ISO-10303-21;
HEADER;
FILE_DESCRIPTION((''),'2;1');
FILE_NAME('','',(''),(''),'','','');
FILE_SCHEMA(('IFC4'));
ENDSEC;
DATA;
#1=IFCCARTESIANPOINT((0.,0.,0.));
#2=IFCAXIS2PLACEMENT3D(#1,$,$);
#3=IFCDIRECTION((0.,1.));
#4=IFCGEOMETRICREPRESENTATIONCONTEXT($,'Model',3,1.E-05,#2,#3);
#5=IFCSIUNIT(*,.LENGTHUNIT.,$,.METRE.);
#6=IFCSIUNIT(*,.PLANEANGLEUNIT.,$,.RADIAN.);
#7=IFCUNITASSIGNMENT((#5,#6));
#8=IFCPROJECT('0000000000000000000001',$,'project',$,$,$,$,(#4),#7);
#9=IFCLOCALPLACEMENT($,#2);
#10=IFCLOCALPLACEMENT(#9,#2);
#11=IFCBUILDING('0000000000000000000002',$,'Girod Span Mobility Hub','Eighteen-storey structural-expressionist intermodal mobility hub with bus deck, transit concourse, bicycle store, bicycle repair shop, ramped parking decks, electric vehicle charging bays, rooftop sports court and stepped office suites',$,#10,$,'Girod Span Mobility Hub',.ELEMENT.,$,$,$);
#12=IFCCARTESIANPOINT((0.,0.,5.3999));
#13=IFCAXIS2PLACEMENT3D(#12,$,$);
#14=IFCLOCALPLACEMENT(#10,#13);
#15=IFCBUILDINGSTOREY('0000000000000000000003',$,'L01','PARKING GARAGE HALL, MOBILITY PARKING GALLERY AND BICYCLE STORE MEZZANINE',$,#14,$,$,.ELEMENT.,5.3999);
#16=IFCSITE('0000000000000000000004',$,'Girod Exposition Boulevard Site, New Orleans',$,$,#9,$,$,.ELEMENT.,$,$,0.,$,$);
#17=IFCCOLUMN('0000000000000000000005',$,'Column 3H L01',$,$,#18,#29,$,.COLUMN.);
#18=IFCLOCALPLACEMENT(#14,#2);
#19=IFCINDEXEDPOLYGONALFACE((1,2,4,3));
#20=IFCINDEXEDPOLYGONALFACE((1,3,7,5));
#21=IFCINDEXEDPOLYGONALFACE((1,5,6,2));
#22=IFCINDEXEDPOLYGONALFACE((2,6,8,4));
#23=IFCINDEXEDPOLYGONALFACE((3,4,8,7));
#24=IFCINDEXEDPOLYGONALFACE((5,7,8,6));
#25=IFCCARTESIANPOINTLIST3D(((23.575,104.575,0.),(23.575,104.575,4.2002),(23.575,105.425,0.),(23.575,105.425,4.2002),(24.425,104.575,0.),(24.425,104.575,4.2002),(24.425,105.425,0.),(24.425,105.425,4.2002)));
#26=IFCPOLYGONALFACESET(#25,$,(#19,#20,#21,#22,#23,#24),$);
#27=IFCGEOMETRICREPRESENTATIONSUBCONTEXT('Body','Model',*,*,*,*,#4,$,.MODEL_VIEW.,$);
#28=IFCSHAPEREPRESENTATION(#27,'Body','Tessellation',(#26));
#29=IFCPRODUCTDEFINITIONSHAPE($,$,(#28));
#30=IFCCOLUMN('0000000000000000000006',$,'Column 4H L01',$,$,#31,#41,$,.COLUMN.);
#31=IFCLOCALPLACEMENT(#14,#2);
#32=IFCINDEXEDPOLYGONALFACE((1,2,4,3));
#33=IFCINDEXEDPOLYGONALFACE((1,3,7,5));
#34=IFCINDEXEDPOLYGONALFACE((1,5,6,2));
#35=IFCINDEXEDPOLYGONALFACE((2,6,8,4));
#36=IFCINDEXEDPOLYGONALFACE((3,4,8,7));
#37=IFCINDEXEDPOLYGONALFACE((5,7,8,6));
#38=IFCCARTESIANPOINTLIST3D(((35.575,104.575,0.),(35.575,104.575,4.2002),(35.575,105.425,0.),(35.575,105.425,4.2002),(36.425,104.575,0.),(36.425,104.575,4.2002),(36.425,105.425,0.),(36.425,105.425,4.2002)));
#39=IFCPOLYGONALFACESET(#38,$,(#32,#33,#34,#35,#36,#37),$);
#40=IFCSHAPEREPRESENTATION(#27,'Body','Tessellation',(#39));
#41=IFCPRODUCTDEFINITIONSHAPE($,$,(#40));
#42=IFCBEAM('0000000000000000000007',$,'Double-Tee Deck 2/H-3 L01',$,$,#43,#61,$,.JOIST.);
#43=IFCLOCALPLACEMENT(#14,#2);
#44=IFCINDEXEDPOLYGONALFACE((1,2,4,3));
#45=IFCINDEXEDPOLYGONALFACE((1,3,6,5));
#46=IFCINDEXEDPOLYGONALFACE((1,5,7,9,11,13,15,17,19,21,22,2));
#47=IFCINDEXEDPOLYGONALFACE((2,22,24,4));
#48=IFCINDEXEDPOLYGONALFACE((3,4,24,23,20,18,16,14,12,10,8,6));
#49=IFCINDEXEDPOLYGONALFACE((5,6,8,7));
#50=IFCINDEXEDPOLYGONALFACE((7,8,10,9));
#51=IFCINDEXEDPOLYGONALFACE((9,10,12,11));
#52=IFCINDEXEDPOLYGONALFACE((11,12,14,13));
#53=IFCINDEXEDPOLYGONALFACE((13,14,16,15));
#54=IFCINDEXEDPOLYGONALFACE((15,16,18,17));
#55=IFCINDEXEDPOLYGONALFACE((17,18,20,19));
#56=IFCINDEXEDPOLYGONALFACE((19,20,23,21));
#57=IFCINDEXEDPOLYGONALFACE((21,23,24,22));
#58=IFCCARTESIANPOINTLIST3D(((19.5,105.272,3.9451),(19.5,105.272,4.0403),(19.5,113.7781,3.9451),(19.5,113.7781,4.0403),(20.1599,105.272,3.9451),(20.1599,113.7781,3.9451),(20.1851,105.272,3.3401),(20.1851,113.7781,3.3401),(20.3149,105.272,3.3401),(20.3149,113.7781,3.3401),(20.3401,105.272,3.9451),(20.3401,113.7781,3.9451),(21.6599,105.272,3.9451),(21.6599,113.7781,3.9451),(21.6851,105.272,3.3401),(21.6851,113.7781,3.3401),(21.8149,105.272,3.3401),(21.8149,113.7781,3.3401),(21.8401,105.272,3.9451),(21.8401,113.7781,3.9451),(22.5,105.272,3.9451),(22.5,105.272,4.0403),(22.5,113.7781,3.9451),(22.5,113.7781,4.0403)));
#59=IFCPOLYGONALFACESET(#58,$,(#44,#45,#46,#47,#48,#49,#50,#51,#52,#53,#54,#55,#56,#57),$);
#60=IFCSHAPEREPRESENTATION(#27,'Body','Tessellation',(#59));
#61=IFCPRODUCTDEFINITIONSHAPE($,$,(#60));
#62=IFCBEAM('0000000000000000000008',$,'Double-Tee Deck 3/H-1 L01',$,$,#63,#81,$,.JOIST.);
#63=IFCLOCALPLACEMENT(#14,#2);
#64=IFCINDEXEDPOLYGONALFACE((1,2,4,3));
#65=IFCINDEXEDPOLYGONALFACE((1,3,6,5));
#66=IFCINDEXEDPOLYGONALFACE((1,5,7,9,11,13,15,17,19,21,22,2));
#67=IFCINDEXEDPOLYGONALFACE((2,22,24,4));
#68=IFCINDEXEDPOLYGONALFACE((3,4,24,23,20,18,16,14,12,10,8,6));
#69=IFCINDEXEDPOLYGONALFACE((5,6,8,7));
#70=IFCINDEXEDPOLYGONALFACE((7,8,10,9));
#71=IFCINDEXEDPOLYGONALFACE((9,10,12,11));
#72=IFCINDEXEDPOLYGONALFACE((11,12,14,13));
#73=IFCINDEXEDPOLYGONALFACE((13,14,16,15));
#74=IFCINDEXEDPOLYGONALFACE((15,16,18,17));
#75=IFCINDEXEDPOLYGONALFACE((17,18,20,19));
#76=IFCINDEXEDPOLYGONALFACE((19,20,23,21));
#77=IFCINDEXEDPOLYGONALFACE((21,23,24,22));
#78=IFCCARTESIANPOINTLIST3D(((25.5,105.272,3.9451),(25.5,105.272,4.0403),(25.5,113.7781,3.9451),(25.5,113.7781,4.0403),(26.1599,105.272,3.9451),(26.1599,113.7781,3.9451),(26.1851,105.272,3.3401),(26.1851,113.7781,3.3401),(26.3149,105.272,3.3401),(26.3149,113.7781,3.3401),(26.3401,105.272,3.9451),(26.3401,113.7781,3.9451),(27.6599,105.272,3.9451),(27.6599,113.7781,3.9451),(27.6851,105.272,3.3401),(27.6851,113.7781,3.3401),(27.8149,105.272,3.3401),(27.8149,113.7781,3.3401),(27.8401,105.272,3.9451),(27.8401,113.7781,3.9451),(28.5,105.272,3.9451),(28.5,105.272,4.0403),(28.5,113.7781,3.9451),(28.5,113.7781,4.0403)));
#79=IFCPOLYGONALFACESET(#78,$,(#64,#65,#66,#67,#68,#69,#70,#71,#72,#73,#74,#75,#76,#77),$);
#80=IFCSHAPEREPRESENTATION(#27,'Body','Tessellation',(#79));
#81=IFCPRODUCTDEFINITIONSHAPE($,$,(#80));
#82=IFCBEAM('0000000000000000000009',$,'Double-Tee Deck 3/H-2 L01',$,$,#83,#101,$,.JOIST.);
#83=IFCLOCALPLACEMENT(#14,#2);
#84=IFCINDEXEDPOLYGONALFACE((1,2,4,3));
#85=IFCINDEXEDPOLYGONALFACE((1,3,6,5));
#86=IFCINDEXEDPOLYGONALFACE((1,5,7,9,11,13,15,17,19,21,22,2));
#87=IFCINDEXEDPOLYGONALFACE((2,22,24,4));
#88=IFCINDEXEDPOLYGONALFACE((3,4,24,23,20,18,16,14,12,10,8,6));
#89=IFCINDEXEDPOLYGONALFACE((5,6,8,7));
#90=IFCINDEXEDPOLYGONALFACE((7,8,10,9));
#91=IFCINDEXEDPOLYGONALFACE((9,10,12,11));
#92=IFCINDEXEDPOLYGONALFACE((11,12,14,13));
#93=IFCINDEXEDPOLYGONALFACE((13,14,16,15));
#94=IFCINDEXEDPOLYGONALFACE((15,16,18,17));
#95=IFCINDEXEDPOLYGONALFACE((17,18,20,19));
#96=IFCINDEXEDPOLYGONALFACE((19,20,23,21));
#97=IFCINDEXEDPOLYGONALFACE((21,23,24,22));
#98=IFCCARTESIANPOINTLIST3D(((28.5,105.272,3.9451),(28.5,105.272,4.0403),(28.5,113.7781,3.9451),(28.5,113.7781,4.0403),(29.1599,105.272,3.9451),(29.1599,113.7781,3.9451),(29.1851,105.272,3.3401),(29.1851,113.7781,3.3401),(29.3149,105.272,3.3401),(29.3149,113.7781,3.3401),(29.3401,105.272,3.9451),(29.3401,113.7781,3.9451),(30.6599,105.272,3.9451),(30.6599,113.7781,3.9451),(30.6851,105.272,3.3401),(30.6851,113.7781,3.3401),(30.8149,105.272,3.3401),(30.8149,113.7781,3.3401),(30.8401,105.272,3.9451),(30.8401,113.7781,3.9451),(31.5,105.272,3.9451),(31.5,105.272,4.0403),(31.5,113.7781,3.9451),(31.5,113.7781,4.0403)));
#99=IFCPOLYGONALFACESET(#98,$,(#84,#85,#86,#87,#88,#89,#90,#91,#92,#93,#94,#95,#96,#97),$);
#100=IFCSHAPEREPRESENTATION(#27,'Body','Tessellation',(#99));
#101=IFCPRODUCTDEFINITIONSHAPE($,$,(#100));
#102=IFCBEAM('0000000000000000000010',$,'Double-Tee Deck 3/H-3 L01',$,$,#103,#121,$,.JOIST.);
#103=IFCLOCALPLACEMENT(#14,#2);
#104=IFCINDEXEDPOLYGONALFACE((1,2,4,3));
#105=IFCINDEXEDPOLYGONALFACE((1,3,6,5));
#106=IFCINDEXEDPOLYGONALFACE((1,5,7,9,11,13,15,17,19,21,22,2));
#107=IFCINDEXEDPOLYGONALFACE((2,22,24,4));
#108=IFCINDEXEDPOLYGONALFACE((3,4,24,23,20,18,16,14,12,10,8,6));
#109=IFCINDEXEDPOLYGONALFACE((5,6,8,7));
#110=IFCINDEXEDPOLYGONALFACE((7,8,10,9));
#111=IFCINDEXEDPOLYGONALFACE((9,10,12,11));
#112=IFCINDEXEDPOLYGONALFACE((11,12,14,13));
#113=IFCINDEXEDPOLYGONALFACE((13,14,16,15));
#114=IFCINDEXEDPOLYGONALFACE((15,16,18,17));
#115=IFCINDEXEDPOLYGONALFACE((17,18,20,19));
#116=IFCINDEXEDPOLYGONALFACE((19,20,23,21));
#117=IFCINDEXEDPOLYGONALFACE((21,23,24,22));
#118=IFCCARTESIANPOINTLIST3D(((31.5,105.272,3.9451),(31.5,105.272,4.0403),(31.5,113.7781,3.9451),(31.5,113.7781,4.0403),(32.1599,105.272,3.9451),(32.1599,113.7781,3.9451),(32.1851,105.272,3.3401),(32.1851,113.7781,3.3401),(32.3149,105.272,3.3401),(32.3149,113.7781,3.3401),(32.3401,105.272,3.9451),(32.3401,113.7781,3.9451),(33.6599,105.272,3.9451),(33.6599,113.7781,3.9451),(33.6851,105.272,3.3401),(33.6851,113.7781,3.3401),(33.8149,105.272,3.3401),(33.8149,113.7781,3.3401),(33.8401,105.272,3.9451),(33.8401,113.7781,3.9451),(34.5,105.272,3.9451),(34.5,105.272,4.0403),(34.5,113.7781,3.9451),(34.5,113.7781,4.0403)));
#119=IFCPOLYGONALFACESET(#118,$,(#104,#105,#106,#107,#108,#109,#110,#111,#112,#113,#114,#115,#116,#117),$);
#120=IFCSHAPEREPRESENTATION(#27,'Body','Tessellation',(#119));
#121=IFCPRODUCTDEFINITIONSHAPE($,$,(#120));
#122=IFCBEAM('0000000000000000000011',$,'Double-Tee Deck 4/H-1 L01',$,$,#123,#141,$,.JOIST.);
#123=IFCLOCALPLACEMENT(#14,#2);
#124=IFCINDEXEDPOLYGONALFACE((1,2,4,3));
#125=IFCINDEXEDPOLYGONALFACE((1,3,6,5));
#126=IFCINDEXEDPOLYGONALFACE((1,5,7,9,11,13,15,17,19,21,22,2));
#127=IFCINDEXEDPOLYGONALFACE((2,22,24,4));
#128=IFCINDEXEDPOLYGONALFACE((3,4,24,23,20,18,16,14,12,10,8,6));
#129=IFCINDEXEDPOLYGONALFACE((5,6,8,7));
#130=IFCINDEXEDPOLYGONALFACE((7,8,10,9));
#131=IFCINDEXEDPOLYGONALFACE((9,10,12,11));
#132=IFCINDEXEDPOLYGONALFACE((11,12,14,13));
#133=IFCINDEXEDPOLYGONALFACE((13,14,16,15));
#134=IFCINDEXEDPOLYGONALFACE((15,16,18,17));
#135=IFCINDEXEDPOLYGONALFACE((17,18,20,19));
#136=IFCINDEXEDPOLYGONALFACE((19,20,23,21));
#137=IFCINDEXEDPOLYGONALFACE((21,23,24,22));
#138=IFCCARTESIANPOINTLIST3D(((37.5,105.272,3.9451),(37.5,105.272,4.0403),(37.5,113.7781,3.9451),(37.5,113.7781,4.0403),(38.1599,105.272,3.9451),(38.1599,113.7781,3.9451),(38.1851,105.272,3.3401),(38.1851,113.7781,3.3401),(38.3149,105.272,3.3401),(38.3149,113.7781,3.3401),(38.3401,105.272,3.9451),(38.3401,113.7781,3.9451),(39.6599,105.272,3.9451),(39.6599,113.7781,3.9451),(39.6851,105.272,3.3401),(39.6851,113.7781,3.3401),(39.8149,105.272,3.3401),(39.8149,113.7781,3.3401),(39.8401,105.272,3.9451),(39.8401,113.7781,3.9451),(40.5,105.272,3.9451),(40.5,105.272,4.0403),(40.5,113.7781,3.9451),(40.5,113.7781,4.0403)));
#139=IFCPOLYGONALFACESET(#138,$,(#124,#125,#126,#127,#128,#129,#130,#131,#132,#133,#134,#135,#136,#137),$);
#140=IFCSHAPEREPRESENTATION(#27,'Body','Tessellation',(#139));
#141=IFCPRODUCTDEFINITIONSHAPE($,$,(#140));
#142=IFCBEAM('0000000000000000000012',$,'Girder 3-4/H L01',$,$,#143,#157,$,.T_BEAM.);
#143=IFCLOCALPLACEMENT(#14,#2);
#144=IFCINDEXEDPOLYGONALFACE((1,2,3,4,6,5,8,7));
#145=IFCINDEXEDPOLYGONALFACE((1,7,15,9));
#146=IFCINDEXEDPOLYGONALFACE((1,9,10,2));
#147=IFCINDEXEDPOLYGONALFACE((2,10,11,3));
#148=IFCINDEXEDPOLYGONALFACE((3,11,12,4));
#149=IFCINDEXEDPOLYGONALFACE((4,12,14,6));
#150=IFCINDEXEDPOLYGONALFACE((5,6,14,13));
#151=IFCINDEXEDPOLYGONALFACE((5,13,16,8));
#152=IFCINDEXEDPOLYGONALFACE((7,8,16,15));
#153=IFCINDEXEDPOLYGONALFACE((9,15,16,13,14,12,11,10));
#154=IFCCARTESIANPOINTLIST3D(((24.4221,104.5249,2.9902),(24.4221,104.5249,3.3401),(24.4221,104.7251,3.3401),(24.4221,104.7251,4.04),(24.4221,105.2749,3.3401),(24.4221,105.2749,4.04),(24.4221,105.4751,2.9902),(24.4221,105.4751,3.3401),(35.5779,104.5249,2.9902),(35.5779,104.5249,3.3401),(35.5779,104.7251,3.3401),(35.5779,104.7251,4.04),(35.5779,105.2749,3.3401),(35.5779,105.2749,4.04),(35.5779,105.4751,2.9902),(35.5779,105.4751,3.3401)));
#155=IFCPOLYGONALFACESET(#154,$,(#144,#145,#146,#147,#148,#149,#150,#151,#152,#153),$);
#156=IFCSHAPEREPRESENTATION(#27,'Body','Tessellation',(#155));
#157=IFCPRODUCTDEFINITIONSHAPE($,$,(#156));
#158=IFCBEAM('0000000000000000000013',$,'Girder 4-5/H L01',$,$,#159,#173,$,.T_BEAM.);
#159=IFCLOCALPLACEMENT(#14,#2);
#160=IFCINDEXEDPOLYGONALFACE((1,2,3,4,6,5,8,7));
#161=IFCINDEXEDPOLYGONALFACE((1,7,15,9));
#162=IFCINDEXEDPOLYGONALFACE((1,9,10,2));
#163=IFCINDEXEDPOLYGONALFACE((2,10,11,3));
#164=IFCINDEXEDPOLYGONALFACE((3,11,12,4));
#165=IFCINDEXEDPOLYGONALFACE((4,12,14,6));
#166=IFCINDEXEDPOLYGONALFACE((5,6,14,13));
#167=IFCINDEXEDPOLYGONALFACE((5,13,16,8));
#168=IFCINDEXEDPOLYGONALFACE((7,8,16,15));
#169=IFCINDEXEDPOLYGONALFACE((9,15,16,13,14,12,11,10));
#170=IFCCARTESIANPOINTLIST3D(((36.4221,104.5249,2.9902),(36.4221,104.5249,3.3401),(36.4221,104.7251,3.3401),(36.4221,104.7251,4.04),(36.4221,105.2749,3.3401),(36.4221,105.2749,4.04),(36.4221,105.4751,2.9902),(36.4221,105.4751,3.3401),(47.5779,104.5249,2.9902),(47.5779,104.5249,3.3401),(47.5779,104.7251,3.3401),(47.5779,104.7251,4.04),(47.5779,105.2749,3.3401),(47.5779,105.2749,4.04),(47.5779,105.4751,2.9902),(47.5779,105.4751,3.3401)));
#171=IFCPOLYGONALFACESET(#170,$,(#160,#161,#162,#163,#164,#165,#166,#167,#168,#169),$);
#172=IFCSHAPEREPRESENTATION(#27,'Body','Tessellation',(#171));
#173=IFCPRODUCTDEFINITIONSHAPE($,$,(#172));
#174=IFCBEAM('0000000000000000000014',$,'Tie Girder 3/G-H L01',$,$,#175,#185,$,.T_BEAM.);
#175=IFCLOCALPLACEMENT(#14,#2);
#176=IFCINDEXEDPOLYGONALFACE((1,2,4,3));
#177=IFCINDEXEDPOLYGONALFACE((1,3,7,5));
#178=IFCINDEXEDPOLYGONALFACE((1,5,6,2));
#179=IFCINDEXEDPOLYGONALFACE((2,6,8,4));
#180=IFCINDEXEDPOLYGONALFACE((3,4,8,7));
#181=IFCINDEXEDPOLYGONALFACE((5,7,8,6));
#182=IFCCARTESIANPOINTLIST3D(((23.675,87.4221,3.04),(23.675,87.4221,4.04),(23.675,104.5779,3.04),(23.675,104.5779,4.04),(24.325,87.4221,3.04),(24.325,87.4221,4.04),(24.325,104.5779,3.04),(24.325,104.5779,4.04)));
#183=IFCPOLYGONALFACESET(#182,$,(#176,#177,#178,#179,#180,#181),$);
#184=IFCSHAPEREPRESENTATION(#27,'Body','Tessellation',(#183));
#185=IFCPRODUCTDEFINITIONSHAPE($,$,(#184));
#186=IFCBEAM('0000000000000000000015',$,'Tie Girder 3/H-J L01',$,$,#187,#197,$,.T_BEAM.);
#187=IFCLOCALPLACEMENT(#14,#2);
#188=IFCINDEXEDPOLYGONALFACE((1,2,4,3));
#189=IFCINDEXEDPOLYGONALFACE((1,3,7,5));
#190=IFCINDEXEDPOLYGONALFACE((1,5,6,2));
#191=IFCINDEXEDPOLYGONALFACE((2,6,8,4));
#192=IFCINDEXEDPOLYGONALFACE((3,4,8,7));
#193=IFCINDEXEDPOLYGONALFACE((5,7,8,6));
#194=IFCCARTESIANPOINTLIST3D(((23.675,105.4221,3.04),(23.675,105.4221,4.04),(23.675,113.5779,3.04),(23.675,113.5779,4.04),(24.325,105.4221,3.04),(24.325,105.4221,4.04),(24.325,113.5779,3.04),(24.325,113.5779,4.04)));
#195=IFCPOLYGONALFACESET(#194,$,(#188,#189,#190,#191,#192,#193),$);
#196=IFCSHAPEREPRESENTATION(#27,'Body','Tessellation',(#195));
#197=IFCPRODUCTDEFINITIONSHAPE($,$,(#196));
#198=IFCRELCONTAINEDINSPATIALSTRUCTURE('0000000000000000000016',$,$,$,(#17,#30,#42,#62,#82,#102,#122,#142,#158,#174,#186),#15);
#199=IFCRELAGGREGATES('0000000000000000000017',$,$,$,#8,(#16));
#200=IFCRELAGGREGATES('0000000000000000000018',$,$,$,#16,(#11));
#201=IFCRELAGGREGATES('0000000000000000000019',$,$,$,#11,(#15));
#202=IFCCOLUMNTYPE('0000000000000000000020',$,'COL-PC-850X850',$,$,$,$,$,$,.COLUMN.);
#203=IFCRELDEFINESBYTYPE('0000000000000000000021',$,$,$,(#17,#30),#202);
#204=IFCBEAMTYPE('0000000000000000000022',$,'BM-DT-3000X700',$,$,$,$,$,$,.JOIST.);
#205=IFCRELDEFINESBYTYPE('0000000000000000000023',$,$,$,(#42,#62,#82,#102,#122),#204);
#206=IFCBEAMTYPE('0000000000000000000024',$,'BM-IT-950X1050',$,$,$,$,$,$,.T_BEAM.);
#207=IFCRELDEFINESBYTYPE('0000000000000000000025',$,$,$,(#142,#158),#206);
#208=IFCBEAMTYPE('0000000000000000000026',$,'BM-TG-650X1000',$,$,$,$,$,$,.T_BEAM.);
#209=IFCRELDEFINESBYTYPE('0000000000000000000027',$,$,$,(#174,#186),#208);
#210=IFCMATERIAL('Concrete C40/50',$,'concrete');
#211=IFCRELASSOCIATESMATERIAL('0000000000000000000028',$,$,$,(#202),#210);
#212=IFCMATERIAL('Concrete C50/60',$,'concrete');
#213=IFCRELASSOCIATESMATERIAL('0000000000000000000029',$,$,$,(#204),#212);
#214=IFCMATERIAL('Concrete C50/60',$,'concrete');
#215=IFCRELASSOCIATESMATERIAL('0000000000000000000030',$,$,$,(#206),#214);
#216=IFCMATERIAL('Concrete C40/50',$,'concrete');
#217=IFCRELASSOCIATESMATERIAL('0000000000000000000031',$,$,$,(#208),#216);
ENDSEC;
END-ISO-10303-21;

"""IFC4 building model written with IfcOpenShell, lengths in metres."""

from ifc_helpers import new_model, si_unit, direction, frame, origin, origin_2d, place, context, subcontext, project, spatial, polyline, rectangle, outline, extrude, material, material_profile, profile_set, type_object, element, save


model = new_model("IFC4")

# Units and contexts
model_context = context("Model", 3, precision=1e-05, world=origin(), true_north=direction((0.0, 1.0)))
body_context = subcontext(model_context, "Body", "Model", "MODEL_VIEW")
ifc_project = project(units=[si_unit("LENGTHUNIT", "METRE"), si_unit("PLANEANGLEUNIT", "RADIAN")], contexts=[model_context])

# Site, building, storey
site_placement = place(None, origin())
site = spatial("IfcSite", under=ifc_project, at=site_placement, Name="Girod Exposition Boulevard Site, New Orleans", CompositionType="ELEMENT", RefElevation=0.0)
building_placement = place(site_placement, origin())
building = spatial("IfcBuilding", under=site, at=building_placement, Name="Girod Span Mobility Hub", Description="Eighteen-storey structural-expressionist intermodal mobility hub with bus deck, transit concourse, bicycle store, bicycle repair shop, ramped parking decks, electric vehicle charging bays, rooftop sports court and stepped office suites", LongName="Girod Span Mobility Hub", CompositionType="ELEMENT")
storey_placement = place(building_placement, frame((0.0, 0.0, 5.3999)))
storey = spatial("IfcBuildingStorey", under=building, at=storey_placement, Name="L01", Description="PARKING GARAGE HALL, MOBILITY PARKING GALLERY AND BICYCLE STORE MEZZANINE", CompositionType="ELEMENT", Elevation=5.3999)

# Columns
ifc_material_1 = material(Name="Concrete C40/50", Category="concrete")
ifc_material_profile_1 = material_profile(ifc_material_1, rectangle(XDim=0.8501, YDim=0.8501, at=origin_2d()), Name="PC-COL-850X850")
ifc_profile_set_1 = profile_set([ifc_material_profile_1], Name="Concrete C40/50")
column_type = type_object("IfcColumnType", Name="COL-PC-850X850", PredefinedType="COLUMN", material=ifc_profile_set_1)
for number, where, z_axis, x_axis, name in (
    (1, (24.0, 105.0, 0.0), (0.0, 0.0, 1.0), (1.0, 0.0, 0.0), "Column 3H L01"),
    (2, (36.0, 105.0, 0.0), (0.0, 0.0, 1.0), (1.0, 0.0, 0.0), "Column 4H L01"),
):
    element("IfcColumn", number, at=place(storey_placement, frame(where, z_axis=z_axis, x_axis=x_axis)), inside=storey, type_object=column_type, Name=name, PredefinedType="COLUMN", context=body_context, shape_type="SweptSolid", body=[
        extrude(rectangle(XDim=0.8501, YDim=0.8501, at=origin_2d()), origin(), (0.0, 0.0, 1.0), 4.2002),
    ])

# Beams
ifc_material_2 = material(Name="Concrete C50/60", Category="concrete")
ifc_material_profile_2 = material_profile(ifc_material_2, outline(polyline([(-1.5, 0.3501), (-1.5, 0.2549), (-0.8401, 0.2549), (-0.8149, -0.3501), (-0.6851, -0.3501), (-0.6599, 0.2549), (0.6599, 0.2549), (0.6851, -0.3501), (0.8149, -0.3501), (0.8401, 0.2549), (1.5, 0.2549), (1.5, 0.3501), (-1.5, 0.3501)])), Name="DT-3000X700")
ifc_profile_set_2 = profile_set([ifc_material_profile_2], Name="Concrete C50/60")
beam_type_1 = type_object("IfcBeamType", Name="BM-DT-3000X700", PredefinedType="JOIST", material=ifc_profile_set_2)
for number, where, z_axis, x_axis, name in (
    (3, (21.0, 105.272, 3.6902), (0.0, 1.0, 0.0), (-1.0, 0.0, 0.0), "Double-Tee Deck 2/H-3 L01"),
    (4, (27.0, 105.272, 3.6902), (0.0, 1.0, 0.0), (-1.0, 0.0, 0.0), "Double-Tee Deck 3/H-1 L01"),
    (5, (30.0, 105.272, 3.6902), (0.0, 1.0, 0.0), (-1.0, 0.0, 0.0), "Double-Tee Deck 3/H-2 L01"),
    (6, (33.0, 105.272, 3.6902), (0.0, 1.0, 0.0), (-1.0, 0.0, 0.0), "Double-Tee Deck 3/H-3 L01"),
    (7, (39.0, 105.272, 3.6902), (0.0, 1.0, 0.0), (-1.0, 0.0, 0.0), "Double-Tee Deck 4/H-1 L01"),
):
    element("IfcBeam", number, at=place(storey_placement, frame(where, z_axis=z_axis, x_axis=x_axis)), inside=storey, type_object=beam_type_1, Name=name, PredefinedType="JOIST", context=body_context, shape_type="SweptSolid", body=[
        extrude(outline(polyline([(-1.5, 0.3501), (-1.5, 0.2549), (-0.8401, 0.2549), (-0.8149, -0.3501), (-0.6851, -0.3501), (-0.6599, 0.2549), (0.6599, 0.2549), (0.6851, -0.3501), (0.8149, -0.3501), (0.8401, 0.2549), (1.5, 0.2549), (1.5, 0.3501), (-1.5, 0.3501)])), origin(), (0.0, 0.0, 1.0), 8.5061),
    ])
ifc_material_3 = material(Name="Concrete C50/60", Category="concrete")
ifc_material_profile_3 = material_profile(ifc_material_3, outline(polyline([(-0.4751, -0.5249), (0.4751, -0.5249), (0.4751, -0.175), (0.2749, -0.175), (0.2749, 0.5249), (-0.2749, 0.5249), (-0.2749, -0.175), (-0.4751, -0.175), (-0.4751, -0.5249)])), Name="IT-950X1050")
ifc_profile_set_3 = profile_set([ifc_material_profile_3], Name="Concrete C50/60")
beam_type_2 = type_object("IfcBeamType", Name="BM-IT-950X1050", PredefinedType="T_BEAM", material=ifc_profile_set_3)
for number, where, z_axis, x_axis, name in (
    (8, (24.4221, 105.0, 3.5151), (1.0, 0.0, 0.0), (0.0, 1.0, 0.0), "Girder 3-4/H L01"),
    (9, (36.4221, 105.0, 3.5151), (1.0, 0.0, 0.0), (0.0, 1.0, 0.0), "Girder 4-5/H L01"),
):
    element("IfcBeam", number, at=place(storey_placement, frame(where, z_axis=z_axis, x_axis=x_axis)), inside=storey, type_object=beam_type_2, Name=name, PredefinedType="T_BEAM", context=body_context, shape_type="SweptSolid", body=[
        extrude(outline(polyline([(-0.4751, -0.5249), (0.4751, -0.5249), (0.4751, -0.175), (0.2749, -0.175), (0.2749, 0.5249), (-0.2749, 0.5249), (-0.2749, -0.175), (-0.4751, -0.175), (-0.4751, -0.5249)])), origin(), (0.0, 0.0, 1.0), 11.1558),
    ])
ifc_material_4 = material(Name="Concrete C40/50", Category="concrete")
ifc_material_profile_4 = material_profile(ifc_material_4, rectangle(XDim=0.6499, YDim=1.0, at=origin_2d()), Name="TG-650X1000")
ifc_profile_set_4 = profile_set([ifc_material_profile_4], Name="Concrete C40/50")
beam_type_3 = type_object("IfcBeamType", Name="BM-TG-650X1000", PredefinedType="T_BEAM", material=ifc_profile_set_4)
beam_1_placement = place(storey_placement, frame((24.0, 87.4221, 3.54), z_axis=(0.0, 1.0, 0.0), x_axis=(-1.0, 0.0, 0.0)))
element("IfcBeam", 10, at=beam_1_placement, inside=storey, type_object=beam_type_3, Name="Tie Girder 3/G-H L01", PredefinedType="T_BEAM", context=body_context, shape_type="SweptSolid", body=[
    extrude(rectangle(XDim=0.6499, YDim=1.0, at=origin_2d()), origin(), (0.0, 0.0, 1.0), 17.1558),
])
beam_2_placement = place(storey_placement, frame((24.0, 105.4221, 3.54), z_axis=(0.0, 1.0, 0.0), x_axis=(-1.0, 0.0, 0.0)))
element("IfcBeam", 11, at=beam_2_placement, inside=storey, type_object=beam_type_3, Name="Tie Girder 3/H-J L01", PredefinedType="T_BEAM", context=body_context, shape_type="SweptSolid", body=[
    extrude(rectangle(XDim=0.6499, YDim=1.0, at=origin_2d()), origin(), (0.0, 0.0, 1.0), 8.1558),
])

save(model, "model.ifc")
